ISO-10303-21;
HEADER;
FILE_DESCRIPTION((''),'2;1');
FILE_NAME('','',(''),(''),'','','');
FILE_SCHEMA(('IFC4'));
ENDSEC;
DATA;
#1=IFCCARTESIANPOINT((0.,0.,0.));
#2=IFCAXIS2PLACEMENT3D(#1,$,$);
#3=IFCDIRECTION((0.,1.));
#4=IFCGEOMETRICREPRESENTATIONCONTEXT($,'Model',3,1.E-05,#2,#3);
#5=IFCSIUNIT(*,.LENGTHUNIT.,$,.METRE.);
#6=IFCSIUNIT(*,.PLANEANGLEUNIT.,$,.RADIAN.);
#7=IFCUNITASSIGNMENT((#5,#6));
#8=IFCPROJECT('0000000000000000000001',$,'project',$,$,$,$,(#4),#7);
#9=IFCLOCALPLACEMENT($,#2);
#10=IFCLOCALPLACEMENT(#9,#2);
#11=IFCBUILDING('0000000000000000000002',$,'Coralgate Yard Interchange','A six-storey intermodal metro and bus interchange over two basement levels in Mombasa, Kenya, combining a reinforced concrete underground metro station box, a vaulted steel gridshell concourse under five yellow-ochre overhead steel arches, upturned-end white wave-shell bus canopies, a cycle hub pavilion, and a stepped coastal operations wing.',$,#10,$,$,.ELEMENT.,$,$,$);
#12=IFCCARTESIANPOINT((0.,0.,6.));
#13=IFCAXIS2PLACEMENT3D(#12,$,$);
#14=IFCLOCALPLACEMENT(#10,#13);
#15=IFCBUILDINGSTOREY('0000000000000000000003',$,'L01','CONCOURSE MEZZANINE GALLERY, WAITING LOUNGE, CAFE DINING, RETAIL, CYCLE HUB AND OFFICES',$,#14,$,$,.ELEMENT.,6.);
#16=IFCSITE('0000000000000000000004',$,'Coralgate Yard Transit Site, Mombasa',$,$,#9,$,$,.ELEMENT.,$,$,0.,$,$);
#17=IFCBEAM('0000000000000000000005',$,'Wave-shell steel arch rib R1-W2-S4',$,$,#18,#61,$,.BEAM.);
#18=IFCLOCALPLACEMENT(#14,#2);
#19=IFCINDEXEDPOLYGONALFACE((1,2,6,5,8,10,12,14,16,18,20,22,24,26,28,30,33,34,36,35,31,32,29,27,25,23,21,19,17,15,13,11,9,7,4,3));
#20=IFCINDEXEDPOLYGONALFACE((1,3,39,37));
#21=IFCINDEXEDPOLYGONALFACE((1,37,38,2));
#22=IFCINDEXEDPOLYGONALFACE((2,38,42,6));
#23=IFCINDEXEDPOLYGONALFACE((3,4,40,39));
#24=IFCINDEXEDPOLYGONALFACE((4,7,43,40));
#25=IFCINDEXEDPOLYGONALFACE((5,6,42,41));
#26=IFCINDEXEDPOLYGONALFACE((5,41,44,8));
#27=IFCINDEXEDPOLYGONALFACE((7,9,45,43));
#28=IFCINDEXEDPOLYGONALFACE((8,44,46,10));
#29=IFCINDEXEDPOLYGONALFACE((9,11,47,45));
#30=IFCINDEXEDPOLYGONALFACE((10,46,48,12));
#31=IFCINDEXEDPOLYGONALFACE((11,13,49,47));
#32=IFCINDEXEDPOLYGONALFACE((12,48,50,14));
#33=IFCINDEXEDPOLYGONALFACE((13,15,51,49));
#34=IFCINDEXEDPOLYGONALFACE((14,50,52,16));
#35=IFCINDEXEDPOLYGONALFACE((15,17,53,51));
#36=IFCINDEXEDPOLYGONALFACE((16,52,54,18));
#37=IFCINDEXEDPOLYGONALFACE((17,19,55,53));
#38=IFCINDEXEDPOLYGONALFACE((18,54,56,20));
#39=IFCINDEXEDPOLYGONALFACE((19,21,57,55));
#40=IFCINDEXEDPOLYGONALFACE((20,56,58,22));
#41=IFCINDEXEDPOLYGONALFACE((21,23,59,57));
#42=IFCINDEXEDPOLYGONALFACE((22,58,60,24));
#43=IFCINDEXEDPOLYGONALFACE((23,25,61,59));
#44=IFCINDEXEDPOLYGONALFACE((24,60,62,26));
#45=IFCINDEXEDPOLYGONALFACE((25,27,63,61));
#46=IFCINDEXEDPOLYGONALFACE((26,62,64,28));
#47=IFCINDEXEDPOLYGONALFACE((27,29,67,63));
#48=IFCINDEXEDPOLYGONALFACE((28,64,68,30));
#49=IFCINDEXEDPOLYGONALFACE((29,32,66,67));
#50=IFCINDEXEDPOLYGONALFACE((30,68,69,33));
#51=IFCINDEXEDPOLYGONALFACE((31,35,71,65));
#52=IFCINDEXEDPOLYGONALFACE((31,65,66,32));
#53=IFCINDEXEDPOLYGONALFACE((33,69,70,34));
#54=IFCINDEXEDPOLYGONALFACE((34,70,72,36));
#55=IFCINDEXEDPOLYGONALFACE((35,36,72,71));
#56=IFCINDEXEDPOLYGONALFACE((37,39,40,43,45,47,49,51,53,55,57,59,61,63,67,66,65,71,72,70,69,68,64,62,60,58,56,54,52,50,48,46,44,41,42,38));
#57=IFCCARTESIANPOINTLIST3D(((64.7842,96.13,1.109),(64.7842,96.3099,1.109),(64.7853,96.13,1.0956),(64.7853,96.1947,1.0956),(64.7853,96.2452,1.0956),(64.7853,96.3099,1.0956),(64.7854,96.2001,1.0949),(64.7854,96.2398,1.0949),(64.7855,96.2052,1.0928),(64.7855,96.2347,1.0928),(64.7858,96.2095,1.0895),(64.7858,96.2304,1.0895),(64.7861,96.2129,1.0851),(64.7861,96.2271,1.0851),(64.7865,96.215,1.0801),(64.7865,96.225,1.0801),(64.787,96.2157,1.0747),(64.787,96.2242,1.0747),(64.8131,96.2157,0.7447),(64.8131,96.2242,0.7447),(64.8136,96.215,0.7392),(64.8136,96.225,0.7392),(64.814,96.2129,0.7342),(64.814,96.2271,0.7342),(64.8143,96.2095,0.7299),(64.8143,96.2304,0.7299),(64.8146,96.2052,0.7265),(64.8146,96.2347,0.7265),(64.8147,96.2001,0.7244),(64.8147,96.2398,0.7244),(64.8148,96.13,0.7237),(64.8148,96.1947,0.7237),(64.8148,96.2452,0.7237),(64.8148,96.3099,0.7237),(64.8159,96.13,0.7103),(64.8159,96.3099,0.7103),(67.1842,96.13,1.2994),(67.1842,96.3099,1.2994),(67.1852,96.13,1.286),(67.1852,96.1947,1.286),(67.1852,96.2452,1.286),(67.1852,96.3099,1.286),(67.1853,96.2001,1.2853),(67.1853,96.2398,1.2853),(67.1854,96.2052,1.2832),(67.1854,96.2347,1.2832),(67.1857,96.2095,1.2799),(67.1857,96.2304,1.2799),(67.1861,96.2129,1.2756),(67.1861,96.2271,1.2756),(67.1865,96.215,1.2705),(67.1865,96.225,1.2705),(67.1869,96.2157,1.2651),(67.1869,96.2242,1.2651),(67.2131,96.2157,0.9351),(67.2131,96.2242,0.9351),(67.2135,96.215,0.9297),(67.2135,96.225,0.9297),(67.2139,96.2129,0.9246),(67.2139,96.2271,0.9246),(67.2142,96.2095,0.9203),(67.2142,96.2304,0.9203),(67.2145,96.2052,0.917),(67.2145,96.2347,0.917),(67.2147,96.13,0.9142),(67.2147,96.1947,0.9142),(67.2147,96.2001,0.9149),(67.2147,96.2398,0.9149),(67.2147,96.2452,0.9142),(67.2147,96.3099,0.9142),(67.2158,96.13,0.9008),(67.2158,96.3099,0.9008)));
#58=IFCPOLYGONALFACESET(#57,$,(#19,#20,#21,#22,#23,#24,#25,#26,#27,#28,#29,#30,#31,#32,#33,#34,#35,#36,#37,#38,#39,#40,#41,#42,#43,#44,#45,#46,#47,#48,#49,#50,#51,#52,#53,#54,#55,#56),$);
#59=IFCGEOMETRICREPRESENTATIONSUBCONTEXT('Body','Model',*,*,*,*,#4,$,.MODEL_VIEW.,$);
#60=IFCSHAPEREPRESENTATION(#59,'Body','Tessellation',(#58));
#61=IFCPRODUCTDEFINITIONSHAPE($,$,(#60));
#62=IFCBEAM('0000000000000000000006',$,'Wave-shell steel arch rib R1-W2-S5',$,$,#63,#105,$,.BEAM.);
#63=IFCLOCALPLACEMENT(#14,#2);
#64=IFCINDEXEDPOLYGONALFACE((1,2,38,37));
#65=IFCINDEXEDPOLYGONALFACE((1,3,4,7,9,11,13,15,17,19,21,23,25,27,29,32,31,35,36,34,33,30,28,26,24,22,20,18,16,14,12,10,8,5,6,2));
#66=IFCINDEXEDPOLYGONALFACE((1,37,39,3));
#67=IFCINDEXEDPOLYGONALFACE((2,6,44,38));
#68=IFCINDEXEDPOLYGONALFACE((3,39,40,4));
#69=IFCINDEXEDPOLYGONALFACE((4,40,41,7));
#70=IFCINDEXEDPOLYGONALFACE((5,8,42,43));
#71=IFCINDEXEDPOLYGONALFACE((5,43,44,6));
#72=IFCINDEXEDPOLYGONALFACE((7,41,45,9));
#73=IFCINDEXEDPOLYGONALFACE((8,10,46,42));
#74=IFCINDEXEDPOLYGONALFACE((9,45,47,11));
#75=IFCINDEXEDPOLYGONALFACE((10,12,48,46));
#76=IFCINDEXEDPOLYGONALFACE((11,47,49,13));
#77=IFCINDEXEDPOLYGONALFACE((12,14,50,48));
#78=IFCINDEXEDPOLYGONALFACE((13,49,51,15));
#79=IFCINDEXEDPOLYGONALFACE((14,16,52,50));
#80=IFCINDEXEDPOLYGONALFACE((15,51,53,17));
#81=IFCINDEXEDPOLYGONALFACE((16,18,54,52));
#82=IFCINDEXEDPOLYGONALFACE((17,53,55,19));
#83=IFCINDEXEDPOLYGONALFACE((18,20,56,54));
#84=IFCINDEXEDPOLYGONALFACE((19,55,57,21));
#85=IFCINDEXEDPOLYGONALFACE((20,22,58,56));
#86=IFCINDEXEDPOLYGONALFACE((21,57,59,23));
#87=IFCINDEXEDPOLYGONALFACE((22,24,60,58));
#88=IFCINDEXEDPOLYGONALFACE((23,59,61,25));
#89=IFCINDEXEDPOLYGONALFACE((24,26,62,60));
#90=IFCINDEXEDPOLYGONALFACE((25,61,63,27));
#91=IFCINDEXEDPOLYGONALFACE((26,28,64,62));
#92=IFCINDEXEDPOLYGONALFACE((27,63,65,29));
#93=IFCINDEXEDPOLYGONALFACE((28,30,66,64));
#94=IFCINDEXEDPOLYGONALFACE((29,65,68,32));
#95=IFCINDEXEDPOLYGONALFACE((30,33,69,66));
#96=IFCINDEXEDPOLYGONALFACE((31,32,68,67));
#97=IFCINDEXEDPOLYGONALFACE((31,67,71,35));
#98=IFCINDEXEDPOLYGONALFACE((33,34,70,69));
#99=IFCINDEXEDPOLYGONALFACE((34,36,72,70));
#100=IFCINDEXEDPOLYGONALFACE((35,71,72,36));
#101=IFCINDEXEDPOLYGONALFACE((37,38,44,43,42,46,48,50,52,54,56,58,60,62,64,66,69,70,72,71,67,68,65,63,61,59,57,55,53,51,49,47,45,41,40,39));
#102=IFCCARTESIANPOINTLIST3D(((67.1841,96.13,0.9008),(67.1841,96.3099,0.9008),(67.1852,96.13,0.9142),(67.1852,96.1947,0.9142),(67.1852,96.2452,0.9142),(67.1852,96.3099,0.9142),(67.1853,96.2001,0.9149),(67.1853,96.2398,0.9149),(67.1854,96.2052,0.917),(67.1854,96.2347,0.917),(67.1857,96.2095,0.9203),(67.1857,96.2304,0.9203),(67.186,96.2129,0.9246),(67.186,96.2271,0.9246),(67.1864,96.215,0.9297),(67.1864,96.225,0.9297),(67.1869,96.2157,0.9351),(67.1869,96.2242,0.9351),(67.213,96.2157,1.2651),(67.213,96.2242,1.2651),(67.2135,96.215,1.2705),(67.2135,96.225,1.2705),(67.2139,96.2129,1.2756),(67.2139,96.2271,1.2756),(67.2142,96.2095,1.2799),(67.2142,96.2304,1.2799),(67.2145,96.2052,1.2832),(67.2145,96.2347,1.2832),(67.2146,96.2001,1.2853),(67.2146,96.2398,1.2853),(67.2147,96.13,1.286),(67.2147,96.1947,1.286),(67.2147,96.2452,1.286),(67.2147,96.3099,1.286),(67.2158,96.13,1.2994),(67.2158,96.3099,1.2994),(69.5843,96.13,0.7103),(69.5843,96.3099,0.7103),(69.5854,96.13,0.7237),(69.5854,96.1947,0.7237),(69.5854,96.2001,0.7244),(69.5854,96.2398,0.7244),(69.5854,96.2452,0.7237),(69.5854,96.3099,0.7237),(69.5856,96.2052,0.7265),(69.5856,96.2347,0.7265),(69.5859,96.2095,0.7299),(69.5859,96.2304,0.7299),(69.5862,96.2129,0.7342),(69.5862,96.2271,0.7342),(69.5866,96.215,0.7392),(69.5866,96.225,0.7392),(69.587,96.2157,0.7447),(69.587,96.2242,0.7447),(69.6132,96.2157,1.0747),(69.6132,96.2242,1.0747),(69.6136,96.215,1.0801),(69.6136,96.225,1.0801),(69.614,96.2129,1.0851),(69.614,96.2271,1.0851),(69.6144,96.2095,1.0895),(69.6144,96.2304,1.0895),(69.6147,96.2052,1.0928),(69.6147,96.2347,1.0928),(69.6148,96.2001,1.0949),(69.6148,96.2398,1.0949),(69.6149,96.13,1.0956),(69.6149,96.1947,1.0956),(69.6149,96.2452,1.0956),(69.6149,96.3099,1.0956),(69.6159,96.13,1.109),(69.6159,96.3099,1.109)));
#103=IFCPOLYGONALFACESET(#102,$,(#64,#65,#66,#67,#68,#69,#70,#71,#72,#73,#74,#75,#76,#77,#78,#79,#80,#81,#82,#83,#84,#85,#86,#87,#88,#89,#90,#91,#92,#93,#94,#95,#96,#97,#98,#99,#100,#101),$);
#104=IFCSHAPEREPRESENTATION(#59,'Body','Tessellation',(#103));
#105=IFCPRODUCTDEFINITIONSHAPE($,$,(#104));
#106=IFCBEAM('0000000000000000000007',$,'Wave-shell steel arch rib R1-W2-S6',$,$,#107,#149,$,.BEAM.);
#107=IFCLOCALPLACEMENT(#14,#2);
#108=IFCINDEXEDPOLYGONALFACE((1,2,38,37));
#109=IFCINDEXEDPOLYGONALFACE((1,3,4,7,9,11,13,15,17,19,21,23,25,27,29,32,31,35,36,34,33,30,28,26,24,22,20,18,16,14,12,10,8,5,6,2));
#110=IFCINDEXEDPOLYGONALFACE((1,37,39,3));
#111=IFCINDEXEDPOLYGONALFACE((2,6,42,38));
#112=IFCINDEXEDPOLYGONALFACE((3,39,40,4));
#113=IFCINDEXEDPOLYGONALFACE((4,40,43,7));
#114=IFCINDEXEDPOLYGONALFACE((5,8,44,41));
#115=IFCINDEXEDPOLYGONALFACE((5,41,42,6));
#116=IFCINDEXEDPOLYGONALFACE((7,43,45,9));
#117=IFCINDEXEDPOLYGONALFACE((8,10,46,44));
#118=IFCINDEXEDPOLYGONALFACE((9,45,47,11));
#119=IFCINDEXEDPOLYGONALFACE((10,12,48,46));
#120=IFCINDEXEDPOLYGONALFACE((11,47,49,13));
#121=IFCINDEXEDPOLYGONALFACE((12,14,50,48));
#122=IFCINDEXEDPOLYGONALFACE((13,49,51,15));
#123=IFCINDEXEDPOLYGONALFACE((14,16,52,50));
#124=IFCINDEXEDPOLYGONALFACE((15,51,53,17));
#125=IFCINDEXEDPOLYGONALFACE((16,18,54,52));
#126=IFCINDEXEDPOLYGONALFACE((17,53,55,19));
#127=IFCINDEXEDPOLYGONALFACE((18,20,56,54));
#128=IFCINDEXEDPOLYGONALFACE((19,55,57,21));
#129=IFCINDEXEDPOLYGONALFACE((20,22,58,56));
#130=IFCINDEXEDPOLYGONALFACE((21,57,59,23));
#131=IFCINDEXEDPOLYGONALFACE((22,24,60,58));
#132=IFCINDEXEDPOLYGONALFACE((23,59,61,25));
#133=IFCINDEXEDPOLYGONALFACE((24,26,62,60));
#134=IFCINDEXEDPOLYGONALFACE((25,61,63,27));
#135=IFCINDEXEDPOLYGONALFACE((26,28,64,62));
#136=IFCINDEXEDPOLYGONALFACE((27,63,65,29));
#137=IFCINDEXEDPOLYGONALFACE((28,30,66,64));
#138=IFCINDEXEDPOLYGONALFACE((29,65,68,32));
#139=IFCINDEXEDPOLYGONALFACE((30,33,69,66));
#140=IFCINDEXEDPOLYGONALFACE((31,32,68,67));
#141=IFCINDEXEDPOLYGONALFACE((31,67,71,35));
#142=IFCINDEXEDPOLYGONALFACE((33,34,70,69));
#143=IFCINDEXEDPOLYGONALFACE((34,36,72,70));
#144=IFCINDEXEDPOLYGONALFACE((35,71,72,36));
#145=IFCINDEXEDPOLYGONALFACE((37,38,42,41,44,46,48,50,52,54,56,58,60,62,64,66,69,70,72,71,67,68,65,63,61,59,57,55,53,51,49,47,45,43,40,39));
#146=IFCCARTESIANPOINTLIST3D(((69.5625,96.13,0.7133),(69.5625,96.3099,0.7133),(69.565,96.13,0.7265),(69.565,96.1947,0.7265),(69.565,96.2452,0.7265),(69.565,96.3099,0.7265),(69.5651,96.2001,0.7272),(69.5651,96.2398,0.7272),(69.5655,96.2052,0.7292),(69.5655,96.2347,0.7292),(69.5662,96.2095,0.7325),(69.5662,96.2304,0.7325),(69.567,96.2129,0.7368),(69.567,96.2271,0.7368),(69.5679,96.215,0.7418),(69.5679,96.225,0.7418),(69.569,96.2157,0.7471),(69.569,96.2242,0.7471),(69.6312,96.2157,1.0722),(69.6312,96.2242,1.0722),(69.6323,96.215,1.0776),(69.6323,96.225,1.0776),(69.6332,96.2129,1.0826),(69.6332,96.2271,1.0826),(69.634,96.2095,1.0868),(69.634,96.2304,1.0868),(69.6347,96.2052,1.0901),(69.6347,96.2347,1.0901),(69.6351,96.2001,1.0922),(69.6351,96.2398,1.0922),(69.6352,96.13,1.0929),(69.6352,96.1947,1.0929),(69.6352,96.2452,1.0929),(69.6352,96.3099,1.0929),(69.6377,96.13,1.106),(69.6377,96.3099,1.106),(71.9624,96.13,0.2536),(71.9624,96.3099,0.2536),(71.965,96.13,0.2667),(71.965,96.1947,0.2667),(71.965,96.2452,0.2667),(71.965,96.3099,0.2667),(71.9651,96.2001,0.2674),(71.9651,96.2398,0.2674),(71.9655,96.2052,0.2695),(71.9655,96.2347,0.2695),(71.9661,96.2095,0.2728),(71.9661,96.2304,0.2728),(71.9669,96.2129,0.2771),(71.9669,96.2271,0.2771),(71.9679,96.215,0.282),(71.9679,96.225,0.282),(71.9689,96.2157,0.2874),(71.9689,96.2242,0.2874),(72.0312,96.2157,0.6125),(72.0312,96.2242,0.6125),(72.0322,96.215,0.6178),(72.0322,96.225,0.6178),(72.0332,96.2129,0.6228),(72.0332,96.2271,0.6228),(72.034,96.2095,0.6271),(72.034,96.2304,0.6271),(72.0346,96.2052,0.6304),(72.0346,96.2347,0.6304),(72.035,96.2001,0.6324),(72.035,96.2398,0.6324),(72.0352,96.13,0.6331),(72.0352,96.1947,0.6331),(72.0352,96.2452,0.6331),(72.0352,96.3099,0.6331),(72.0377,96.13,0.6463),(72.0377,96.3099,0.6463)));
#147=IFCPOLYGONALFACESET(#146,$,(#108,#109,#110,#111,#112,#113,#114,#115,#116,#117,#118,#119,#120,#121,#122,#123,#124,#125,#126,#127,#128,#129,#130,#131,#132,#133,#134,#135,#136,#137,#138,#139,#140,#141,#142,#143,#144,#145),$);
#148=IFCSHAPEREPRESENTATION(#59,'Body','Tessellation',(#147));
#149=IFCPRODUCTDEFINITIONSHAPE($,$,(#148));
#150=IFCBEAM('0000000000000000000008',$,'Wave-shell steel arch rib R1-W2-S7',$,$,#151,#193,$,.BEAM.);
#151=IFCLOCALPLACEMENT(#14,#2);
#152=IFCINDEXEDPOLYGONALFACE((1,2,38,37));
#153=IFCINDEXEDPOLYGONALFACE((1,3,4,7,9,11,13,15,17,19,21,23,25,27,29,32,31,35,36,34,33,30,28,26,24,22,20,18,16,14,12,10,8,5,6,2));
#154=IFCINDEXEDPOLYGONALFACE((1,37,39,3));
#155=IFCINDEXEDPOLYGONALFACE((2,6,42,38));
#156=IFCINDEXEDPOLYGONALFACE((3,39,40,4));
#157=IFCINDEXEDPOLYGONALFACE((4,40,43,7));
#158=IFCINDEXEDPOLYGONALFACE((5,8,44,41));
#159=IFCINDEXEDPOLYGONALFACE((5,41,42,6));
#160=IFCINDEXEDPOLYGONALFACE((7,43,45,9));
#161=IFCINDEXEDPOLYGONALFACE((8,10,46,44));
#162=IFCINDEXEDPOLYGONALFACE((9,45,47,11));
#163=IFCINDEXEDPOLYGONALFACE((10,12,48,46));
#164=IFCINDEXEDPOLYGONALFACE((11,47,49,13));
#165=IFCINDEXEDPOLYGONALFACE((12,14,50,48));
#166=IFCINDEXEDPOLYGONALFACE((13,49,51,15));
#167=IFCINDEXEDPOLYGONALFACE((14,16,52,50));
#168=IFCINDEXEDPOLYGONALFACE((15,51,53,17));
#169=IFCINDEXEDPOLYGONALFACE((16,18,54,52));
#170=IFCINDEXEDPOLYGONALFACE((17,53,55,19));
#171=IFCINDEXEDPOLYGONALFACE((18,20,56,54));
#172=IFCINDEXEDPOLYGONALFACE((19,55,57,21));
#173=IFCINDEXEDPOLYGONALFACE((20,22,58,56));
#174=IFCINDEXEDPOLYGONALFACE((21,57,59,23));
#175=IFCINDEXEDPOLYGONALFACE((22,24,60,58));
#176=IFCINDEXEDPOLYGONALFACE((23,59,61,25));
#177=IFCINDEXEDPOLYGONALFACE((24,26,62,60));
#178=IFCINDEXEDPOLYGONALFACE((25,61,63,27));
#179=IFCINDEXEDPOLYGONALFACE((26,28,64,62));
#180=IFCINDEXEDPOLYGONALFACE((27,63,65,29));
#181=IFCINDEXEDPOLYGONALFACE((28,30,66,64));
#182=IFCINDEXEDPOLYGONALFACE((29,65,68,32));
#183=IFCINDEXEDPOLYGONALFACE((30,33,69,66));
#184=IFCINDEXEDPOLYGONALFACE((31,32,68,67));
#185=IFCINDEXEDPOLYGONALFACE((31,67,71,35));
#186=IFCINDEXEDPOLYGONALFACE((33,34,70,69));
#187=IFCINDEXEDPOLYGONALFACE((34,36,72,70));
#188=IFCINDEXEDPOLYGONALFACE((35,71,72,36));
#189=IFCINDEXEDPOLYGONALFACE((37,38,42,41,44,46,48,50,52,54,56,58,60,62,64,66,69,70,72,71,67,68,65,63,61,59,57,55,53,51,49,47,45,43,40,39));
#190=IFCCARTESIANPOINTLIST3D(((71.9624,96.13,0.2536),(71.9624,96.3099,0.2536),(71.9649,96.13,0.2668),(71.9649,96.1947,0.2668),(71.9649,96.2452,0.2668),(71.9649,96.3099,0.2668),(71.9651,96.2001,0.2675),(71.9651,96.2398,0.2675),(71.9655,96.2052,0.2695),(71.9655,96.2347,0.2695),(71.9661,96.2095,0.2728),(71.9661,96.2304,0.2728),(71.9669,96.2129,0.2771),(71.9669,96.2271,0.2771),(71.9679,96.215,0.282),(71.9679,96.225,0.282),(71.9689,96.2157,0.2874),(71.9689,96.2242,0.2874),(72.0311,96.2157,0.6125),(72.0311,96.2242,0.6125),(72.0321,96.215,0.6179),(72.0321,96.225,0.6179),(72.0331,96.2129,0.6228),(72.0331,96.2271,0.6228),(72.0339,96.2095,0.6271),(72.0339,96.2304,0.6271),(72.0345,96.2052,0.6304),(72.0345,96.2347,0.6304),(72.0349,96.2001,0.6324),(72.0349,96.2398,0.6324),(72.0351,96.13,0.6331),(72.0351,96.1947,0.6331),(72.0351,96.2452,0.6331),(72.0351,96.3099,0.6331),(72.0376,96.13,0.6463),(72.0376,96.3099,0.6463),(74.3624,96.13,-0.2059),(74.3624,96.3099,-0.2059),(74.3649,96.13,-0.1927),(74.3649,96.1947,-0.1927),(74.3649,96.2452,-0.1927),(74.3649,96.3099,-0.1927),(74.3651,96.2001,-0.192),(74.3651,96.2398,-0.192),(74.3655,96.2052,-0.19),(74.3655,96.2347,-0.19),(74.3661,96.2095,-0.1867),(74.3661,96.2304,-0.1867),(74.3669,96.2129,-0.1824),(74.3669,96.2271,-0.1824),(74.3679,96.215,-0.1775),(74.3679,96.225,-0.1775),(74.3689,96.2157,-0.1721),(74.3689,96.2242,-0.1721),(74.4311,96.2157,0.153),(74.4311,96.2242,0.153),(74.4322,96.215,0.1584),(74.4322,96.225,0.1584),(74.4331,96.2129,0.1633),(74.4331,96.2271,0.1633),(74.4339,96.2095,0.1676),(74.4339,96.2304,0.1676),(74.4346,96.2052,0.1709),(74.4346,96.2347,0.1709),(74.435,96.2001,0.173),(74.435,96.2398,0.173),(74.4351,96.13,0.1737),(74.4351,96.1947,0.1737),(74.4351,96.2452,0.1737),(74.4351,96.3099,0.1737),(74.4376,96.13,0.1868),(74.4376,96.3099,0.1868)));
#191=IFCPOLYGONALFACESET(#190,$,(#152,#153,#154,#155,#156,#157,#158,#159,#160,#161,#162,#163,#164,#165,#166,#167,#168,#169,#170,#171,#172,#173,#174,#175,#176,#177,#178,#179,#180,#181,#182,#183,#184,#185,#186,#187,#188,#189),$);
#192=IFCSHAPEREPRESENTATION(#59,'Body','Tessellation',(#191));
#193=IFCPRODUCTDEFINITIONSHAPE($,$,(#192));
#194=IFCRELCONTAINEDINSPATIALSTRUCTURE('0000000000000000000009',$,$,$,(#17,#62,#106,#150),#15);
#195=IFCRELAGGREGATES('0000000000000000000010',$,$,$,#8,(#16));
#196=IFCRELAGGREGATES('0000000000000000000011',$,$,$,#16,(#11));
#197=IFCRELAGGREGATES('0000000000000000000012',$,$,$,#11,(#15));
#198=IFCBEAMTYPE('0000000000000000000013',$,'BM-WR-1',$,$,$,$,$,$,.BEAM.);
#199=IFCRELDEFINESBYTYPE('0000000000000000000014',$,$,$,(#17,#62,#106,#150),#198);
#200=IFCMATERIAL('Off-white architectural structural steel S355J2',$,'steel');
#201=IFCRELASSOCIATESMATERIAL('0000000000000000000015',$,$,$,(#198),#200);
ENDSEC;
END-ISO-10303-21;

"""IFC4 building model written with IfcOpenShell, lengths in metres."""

from ifc_helpers import new_model, si_unit, direction, frame, origin, origin_2d, place, context, subcontext, project, spatial, i_section, extrude, material, material_profile, profile_set, type_object, element, save


model = new_model("IFC4")

# Units and contexts
model_context = context("Model", 3, precision=1e-05, world=origin(), true_north=direction((0.0, 1.0)))
body_context = subcontext(model_context, "Body", "Model", "MODEL_VIEW")
ifc_project = project(units=[si_unit("LENGTHUNIT", "METRE"), si_unit("PLANEANGLEUNIT", "RADIAN")], contexts=[model_context])

# Site, building, storey
site_placement = place(None, origin())
site = spatial("IfcSite", under=ifc_project, at=site_placement, Name="Coralgate Yard Transit Site, Mombasa", CompositionType="ELEMENT", RefElevation=0.0)
building_placement = place(site_placement, origin())
building = spatial("IfcBuilding", under=site, at=building_placement, Name="Coralgate Yard Interchange", Description="A six-storey intermodal metro and bus interchange over two basement levels in Mombasa, Kenya, combining a reinforced concrete underground metro station box, a vaulted steel gridshell concourse under five yellow-ochre overhead steel arches, upturned-end white wave-shell bus canopies, a cycle hub pavilion, and a stepped coastal operations wing.", CompositionType="ELEMENT")
storey_placement = place(building_placement, frame((0.0, 0.0, 6.0)))
storey = spatial("IfcBuildingStorey", under=building, at=storey_placement, Name="L01", Description="CONCOURSE MEZZANINE GALLERY, WAITING LOUNGE, CAFE DINING, RETAIL, CYCLE HUB AND OFFICES", CompositionType="ELEMENT", Elevation=6.0)

# Beams
ifc_material_1 = material(Name="Off-white architectural structural steel S355J2", Category="steel")
ifc_material_profile_1 = material_profile(ifc_material_1, i_section(OverallWidth=0.1799, OverallDepth=0.3999, WebThickness=0.0085, FlangeThickness=0.0134, FilletRadius=0.021, at=origin_2d()), Name="IPE 400")
ifc_profile_set_1 = profile_set([ifc_material_profile_1], Name="Off-white architectural structural steel S355J2")
beam_type_1 = type_object("IfcBeamType", Name="BM-WR-1", PredefinedType="BEAM", material=ifc_profile_set_1)
beam_1_placement = place(storey_placement, frame((64.8, 96.22, 0.9097), z_axis=(0.996867, 0.0, 0.0791), x_axis=(0.0, 1.0, 0.0)))
element("IfcBeam", 1, at=beam_1_placement, inside=storey, type_object=beam_type_1, Name="Wave-shell steel arch rib R1-W2-S4", PredefinedType="BEAM", context=body_context, shape_type="SweptSolid", body=[
    extrude(i_section(OverallWidth=0.1799, OverallDepth=0.3999, WebThickness=0.0085, FlangeThickness=0.0134, FilletRadius=0.021, at=origin_2d()), origin(), (0.0, 0.0, 1.0), 2.4075),
])
beam_2_placement = place(storey_placement, frame((67.2, 96.22, 1.1001), z_axis=(0.996867, 0.0, -0.079092), x_axis=(0.0, 1.0, 0.0)))
element("IfcBeam", 2, at=beam_2_placement, inside=storey, type_object=beam_type_1, Name="Wave-shell steel arch rib R1-W2-S5", PredefinedType="BEAM", context=body_context, shape_type="SweptSolid", body=[
    extrude(i_section(OverallWidth=0.1799, OverallDepth=0.3999, WebThickness=0.0085, FlangeThickness=0.0134, FilletRadius=0.021, at=origin_2d()), origin(), (0.0, 0.0, 1.0), 2.4077),
])
for number, where, z_axis, x_axis, name in (
    (3, (69.6001, 96.22, 0.9097), (0.982143, 0.0, -0.188136), (0.0, 1.0, 0.0), "Wave-shell steel arch rib R1-W2-S6"),
    (4, (72.0, 96.22, 0.45), (0.982161, 0.0, -0.188039), (0.0, 1.0, 0.0), "Wave-shell steel arch rib R1-W2-S7"),
):
    element("IfcBeam", number, at=place(storey_placement, frame(where, z_axis=z_axis, x_axis=x_axis)), inside=storey, type_object=beam_type_1, Name=name, PredefinedType="BEAM", context=body_context, shape_type="SweptSolid", body=[
        extrude(i_section(OverallWidth=0.1799, OverallDepth=0.3999, WebThickness=0.0085, FlangeThickness=0.0134, FilletRadius=0.021, at=origin_2d()), origin(), (0.0, 0.0, 1.0), 2.4436),
    ])

save(model, "model.ifc")
